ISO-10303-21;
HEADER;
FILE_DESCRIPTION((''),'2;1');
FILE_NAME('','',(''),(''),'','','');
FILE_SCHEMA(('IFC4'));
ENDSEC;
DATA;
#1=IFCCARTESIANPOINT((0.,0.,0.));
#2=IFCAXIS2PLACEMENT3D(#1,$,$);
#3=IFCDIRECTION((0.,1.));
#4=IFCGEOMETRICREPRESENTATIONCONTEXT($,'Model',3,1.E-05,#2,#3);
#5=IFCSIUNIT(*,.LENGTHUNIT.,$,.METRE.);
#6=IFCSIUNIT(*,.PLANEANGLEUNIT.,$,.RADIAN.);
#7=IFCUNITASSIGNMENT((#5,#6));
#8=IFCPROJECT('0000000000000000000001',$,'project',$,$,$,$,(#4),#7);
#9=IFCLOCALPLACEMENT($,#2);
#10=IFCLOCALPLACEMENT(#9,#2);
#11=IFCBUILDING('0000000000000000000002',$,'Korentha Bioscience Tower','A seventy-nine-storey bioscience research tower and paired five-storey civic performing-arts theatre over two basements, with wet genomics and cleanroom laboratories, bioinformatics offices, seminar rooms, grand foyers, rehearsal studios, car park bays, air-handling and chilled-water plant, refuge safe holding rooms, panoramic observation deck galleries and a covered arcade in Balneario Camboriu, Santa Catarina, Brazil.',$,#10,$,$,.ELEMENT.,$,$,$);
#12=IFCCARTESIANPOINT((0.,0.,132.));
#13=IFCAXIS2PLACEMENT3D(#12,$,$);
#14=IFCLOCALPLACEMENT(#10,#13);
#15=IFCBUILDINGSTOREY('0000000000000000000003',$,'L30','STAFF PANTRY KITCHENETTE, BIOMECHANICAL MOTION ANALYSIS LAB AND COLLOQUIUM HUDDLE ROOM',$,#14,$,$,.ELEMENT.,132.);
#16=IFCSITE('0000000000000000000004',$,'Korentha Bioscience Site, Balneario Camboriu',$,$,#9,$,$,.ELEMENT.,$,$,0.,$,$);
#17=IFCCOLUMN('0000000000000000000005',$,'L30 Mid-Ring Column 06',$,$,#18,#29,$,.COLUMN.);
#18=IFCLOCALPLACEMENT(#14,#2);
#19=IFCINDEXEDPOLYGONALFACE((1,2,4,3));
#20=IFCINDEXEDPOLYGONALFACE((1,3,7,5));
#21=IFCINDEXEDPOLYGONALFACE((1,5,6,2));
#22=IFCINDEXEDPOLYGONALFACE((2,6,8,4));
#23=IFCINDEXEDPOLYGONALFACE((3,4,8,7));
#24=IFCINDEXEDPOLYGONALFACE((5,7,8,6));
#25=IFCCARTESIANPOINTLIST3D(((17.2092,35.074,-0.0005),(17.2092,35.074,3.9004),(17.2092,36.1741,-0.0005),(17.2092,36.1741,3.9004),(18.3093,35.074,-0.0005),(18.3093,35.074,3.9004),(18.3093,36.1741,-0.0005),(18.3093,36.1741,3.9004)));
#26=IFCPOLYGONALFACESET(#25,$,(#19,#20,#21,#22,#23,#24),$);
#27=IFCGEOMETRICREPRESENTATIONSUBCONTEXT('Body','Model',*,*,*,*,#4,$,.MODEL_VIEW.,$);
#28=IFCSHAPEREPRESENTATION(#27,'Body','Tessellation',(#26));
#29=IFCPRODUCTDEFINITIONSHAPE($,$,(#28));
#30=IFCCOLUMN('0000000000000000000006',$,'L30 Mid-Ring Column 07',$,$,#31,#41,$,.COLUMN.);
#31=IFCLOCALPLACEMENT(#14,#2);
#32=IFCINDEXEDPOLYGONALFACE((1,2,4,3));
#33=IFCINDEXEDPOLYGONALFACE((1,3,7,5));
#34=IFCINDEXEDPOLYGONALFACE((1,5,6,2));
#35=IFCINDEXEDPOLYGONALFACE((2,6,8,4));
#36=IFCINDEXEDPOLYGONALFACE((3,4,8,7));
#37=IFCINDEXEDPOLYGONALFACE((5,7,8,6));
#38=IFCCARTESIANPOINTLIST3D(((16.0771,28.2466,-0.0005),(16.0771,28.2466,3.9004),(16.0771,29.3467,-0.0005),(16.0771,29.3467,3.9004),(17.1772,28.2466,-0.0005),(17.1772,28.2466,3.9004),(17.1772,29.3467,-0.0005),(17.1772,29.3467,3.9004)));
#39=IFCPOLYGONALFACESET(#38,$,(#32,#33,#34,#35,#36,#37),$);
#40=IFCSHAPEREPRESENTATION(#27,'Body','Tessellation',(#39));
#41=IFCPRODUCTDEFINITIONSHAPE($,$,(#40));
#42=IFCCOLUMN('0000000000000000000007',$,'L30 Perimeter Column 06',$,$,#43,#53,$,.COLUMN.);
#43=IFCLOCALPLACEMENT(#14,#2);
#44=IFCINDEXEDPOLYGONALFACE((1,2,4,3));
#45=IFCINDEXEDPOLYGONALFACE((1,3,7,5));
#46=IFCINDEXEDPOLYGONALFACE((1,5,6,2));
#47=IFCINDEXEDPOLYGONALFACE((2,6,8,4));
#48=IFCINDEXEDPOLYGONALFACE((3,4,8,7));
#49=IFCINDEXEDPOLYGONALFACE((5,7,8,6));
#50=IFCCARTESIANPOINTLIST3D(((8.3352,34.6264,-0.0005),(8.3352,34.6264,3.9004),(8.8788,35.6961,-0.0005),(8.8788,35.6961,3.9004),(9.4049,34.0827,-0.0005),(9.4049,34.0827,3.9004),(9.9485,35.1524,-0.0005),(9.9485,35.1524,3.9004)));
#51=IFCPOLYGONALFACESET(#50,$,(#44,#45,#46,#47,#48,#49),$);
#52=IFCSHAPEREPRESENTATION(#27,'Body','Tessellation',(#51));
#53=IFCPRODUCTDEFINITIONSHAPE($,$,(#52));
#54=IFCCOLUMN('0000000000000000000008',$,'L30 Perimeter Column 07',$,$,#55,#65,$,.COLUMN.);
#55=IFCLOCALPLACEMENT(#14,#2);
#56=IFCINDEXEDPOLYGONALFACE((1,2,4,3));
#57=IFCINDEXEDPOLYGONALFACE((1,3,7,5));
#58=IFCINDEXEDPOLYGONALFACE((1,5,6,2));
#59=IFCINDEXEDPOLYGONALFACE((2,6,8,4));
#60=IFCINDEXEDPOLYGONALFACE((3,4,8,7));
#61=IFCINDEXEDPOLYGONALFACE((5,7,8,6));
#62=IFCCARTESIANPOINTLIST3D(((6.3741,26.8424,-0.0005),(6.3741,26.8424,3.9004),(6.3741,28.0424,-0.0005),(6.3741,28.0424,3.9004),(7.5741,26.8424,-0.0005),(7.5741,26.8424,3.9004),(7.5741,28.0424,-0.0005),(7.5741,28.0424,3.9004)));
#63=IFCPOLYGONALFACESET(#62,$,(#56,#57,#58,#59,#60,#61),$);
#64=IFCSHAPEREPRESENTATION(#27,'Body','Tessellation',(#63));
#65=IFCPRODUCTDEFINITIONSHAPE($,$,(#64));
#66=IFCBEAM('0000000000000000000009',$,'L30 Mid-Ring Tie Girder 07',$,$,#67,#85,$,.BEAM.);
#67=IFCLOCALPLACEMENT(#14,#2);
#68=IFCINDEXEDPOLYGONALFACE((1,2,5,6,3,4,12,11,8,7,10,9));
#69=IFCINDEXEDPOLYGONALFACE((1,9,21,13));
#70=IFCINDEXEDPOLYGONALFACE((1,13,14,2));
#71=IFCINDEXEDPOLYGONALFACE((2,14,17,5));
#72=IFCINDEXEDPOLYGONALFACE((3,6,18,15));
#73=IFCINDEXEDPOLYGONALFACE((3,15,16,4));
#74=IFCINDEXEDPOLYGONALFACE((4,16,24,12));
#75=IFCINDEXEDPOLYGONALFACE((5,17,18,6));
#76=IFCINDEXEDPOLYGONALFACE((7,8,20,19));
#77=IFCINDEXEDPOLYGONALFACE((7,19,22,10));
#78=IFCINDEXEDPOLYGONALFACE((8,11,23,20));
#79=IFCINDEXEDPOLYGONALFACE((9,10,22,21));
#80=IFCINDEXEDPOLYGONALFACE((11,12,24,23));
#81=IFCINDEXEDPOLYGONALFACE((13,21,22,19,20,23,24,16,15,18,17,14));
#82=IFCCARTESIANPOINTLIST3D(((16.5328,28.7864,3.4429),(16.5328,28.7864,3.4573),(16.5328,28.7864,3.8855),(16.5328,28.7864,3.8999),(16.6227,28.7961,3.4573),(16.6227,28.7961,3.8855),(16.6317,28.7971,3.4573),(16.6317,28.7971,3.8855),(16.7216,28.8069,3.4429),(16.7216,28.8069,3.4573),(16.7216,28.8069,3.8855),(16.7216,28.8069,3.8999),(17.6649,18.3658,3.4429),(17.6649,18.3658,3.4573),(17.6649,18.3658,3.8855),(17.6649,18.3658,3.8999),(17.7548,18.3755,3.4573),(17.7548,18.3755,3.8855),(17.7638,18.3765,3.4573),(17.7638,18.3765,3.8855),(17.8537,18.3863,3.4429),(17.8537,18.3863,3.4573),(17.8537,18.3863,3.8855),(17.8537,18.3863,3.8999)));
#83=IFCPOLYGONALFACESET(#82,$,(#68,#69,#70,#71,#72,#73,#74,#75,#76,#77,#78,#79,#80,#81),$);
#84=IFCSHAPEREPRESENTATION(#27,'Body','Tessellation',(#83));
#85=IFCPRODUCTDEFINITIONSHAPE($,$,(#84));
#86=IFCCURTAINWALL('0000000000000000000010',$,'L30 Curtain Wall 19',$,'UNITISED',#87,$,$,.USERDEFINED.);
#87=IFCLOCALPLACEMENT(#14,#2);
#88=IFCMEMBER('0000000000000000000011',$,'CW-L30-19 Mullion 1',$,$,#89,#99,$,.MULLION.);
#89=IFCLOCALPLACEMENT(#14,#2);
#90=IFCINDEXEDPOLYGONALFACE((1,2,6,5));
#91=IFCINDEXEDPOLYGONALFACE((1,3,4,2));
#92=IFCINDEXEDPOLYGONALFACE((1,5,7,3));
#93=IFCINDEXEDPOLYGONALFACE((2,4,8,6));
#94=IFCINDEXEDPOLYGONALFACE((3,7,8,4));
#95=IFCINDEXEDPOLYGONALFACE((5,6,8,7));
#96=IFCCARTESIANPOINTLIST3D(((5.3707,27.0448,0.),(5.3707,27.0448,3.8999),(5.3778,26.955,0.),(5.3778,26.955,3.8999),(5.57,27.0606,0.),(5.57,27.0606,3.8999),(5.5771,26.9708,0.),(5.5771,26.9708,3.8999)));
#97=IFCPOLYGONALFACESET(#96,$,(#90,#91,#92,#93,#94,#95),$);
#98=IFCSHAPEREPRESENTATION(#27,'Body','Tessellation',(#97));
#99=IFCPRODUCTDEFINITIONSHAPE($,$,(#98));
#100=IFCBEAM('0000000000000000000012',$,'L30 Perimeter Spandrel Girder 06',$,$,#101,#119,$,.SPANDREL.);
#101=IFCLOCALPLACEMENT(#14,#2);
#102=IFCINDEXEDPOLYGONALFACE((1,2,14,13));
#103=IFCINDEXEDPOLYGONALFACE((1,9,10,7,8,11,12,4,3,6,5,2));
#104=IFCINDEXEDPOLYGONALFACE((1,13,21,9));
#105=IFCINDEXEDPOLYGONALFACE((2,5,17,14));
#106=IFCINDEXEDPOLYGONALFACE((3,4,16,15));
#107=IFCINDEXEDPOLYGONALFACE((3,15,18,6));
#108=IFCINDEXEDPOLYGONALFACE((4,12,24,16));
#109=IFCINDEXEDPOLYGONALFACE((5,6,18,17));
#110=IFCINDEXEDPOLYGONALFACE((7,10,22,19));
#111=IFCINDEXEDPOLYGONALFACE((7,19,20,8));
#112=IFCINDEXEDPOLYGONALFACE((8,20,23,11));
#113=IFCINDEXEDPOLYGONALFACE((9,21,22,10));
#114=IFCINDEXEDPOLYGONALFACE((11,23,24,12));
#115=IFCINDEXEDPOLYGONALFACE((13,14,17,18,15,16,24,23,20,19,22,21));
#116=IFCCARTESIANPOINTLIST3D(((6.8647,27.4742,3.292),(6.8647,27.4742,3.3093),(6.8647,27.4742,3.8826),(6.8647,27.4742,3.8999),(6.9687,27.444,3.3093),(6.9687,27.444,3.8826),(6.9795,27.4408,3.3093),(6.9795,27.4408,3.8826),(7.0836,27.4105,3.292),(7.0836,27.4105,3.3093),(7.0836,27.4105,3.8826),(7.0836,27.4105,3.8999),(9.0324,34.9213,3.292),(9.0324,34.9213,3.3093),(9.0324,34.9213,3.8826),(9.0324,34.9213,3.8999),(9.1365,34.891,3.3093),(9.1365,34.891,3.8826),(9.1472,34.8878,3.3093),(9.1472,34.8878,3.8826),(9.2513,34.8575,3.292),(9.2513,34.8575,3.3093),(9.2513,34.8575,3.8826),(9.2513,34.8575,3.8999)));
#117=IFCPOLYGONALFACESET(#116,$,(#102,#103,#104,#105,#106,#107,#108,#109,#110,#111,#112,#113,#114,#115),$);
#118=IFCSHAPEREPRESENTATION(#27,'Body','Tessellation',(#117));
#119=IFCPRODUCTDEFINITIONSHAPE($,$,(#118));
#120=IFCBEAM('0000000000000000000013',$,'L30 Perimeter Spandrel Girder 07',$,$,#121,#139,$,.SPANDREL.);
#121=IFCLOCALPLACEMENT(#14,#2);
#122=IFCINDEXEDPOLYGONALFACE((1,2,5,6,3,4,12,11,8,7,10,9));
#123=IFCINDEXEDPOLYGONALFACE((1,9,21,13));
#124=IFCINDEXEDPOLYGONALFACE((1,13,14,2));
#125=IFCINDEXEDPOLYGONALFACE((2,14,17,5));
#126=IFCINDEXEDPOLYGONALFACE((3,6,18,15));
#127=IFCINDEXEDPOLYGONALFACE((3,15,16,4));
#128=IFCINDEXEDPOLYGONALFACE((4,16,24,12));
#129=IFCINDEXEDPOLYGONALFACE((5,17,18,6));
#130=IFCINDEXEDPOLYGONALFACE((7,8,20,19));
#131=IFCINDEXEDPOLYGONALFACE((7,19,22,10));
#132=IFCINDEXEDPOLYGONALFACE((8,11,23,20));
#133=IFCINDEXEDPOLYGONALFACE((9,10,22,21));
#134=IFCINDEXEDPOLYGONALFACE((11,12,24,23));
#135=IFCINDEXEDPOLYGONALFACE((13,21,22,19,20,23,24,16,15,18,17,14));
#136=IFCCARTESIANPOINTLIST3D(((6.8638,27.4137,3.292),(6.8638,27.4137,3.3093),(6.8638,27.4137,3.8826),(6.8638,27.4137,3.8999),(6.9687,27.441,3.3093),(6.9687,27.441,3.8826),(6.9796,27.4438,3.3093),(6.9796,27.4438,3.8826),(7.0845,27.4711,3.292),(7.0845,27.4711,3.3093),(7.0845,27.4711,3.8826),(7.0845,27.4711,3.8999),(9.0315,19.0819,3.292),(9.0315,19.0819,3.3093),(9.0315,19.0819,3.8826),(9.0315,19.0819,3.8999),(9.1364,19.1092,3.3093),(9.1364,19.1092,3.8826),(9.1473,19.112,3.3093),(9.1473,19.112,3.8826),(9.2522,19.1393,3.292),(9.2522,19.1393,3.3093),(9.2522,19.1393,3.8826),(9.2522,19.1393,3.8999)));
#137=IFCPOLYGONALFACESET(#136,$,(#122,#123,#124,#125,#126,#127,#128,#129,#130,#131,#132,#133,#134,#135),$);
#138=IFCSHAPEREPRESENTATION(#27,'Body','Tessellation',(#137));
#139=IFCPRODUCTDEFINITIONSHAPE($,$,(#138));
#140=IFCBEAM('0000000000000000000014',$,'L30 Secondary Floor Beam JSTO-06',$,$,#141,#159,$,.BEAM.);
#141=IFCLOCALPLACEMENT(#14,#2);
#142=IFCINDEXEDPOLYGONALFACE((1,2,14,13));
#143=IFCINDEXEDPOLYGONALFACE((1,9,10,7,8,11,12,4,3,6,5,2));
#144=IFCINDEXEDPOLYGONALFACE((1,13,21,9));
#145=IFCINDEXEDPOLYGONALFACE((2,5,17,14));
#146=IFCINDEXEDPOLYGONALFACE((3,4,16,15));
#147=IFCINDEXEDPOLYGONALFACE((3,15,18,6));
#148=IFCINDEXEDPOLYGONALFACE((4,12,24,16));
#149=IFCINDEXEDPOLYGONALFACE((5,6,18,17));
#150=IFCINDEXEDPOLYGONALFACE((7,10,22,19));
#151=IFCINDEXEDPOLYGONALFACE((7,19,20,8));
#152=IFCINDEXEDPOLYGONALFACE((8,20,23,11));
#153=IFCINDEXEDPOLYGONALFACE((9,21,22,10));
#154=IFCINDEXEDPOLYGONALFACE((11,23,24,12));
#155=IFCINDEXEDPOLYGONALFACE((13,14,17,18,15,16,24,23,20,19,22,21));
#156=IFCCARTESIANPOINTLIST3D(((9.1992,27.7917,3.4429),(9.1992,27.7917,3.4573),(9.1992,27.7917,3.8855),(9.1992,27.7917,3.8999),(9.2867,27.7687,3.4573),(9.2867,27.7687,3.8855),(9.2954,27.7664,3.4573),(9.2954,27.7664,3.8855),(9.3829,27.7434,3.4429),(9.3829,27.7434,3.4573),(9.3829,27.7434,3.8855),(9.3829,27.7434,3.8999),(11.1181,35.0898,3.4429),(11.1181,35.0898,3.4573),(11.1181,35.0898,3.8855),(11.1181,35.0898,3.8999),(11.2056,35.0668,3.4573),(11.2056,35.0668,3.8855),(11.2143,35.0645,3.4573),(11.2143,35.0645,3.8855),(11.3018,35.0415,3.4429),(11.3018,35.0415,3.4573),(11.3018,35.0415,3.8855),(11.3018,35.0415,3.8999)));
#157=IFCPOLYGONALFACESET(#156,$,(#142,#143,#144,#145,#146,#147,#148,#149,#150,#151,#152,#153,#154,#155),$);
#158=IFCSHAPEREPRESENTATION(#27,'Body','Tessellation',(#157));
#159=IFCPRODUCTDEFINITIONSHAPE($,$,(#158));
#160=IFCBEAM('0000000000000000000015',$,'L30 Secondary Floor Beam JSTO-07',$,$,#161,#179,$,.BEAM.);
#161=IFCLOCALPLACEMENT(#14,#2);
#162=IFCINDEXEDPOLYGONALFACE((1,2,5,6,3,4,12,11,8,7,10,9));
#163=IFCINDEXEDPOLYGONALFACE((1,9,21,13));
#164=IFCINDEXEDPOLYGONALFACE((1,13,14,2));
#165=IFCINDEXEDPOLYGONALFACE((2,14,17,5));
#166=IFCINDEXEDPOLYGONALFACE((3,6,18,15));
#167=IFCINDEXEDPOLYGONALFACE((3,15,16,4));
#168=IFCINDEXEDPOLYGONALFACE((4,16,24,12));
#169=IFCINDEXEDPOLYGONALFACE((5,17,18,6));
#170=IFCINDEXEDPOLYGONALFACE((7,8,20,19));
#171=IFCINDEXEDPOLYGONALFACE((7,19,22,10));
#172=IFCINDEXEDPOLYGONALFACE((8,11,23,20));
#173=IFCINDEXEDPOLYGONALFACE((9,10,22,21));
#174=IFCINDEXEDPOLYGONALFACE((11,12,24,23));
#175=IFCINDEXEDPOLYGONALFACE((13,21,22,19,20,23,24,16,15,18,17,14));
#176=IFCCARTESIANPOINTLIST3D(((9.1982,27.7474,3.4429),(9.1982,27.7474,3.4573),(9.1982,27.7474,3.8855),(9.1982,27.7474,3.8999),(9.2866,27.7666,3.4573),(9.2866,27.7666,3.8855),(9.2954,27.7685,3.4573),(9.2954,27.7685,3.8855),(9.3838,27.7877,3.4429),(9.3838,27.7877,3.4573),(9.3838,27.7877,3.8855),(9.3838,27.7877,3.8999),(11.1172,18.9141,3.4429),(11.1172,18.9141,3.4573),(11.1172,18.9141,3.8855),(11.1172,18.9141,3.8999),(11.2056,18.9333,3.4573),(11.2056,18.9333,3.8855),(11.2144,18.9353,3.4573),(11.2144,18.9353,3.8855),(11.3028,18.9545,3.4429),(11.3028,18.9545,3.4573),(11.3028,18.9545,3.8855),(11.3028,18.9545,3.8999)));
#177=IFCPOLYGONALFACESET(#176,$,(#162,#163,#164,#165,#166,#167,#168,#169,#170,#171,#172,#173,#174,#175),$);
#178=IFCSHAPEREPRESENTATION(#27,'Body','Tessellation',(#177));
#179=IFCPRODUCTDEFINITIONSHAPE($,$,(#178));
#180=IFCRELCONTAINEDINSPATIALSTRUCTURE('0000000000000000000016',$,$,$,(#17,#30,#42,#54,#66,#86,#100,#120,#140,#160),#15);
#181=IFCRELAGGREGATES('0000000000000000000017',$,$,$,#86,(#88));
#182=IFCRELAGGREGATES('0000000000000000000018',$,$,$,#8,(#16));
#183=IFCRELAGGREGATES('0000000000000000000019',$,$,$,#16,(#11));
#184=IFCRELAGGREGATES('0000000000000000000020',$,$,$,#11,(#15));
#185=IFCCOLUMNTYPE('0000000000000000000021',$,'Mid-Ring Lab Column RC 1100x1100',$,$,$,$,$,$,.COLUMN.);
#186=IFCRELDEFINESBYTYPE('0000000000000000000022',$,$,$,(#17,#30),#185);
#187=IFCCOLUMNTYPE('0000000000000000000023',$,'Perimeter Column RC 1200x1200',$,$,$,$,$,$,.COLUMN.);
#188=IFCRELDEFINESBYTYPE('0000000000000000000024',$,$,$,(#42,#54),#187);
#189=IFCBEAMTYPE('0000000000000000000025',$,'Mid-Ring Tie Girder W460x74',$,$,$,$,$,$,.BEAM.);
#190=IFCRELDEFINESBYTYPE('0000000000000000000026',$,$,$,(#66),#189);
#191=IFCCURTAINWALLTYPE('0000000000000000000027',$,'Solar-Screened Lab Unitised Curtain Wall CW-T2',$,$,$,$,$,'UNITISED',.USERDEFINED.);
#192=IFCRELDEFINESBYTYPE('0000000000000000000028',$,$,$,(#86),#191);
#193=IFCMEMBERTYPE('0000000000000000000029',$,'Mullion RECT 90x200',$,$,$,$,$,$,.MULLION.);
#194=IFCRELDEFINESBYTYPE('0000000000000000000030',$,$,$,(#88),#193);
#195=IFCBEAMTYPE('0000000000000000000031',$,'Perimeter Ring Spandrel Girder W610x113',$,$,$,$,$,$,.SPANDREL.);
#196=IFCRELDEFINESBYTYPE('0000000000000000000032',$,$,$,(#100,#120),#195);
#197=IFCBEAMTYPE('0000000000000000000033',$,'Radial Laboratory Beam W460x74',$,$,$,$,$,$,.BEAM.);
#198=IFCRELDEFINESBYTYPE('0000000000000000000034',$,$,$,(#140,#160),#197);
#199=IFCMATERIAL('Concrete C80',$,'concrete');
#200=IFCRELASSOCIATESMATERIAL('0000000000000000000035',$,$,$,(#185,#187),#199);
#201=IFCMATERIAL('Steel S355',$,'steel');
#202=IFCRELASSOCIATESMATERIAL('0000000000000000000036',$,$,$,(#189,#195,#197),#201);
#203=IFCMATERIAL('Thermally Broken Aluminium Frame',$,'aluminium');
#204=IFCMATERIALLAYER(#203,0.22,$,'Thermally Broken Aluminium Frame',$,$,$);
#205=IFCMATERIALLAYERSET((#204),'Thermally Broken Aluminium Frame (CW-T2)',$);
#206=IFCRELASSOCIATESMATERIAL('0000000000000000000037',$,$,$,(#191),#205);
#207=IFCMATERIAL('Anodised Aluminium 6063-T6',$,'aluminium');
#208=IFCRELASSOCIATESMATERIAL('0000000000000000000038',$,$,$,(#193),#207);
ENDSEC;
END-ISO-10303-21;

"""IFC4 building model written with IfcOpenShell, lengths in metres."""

from ifc_helpers import new_model, si_unit, direction, frame, origin, origin_2d, place, context, subcontext, project, spatial, rectangle, i_section, extrude, material, layer, layer_set, material_profile, profile_set, type_object, element, aggregate, save


model = new_model("IFC4")

# Units and contexts
model_context = context("Model", 3, precision=1e-05, world=origin(), true_north=direction((0.0, 1.0)))
body_context = subcontext(model_context, "Body", "Model", "MODEL_VIEW")
ifc_project = project(units=[si_unit("LENGTHUNIT", "METRE"), si_unit("PLANEANGLEUNIT", "RADIAN")], contexts=[model_context])

# Site, building, storey
site_placement = place(None, origin())
site = spatial("IfcSite", under=ifc_project, at=site_placement, Name="Korentha Bioscience Site, Balneario Camboriu", CompositionType="ELEMENT", RefElevation=0.0)
building_placement = place(site_placement, origin())
building = spatial("IfcBuilding", under=site, at=building_placement, Name="Korentha Bioscience Tower", Description="A seventy-nine-storey bioscience research tower and paired five-storey civic performing-arts theatre over two basements, with wet genomics and cleanroom laboratories, bioinformatics offices, seminar rooms, grand foyers, rehearsal studios, car park bays, air-handling and chilled-water plant, refuge safe holding rooms, panoramic observation deck galleries and a covered arcade in Balneario Camboriu, Santa Catarina, Brazil.", CompositionType="ELEMENT")
storey_placement = place(building_placement, frame((0.0, 0.0, 132.0)))
storey = spatial("IfcBuildingStorey", under=building, at=storey_placement, Name="L30", Description="STAFF PANTRY KITCHENETTE, BIOMECHANICAL MOTION ANALYSIS LAB AND COLLOQUIUM HUDDLE ROOM", CompositionType="ELEMENT", Elevation=132.0)

# Columns
ifc_material_1 = material(Name="Concrete C80", Category="concrete")
ifc_material_profile_1 = material_profile(ifc_material_1, rectangle(XDim=1.1001, YDim=1.1001, at=origin_2d()), Name="Concrete C80")
ifc_profile_set_1 = profile_set([ifc_material_profile_1], Name="Concrete C80 (COL-MR11)")
column_type_1 = type_object("IfcColumnType", Name="Mid-Ring Lab Column RC 1100x1100", PredefinedType="COLUMN", material=ifc_profile_set_1)
for number, where, z_axis, x_axis, name in (
    (1, (17.7593, 35.624, -0.0005), (0.0, 0.0, 1.0), (1.0, 0.0, 0.0), "L30 Mid-Ring Column 06"),
    (2, (16.6272, 28.7966, -0.0005), (0.0, 0.0, 1.0), (1.0, 0.0, 0.0), "L30 Mid-Ring Column 07"),
):
    element("IfcColumn", number, at=place(storey_placement, frame(where, z_axis=z_axis, x_axis=x_axis)), inside=storey, type_object=column_type_1, Name=name, PredefinedType="COLUMN", context=body_context, shape_type="SweptSolid", body=[
        extrude(rectangle(XDim=1.1001, YDim=1.1001, at=origin_2d()), origin(), (0.0, 0.0, 1.0), 3.9009),
    ])
ifc_material_profile_2 = material_profile(ifc_material_1, rectangle(XDim=1.2, YDim=1.2, at=origin_2d()), Name="Concrete C80")
ifc_profile_set_2 = profile_set([ifc_material_profile_2], Name="Concrete C80 (COL-P12)")
column_type_2 = type_object("IfcColumnType", Name="Perimeter Column RC 1200x1200", PredefinedType="COLUMN", material=ifc_profile_set_2)
for number, where, z_axis, x_axis, name in (
    (3, (9.1418, 34.8894, -0.0005), (0.0, 0.0, 1.0), (0.453057, 0.891481, 0.0), "L30 Perimeter Column 06"),
    (4, (6.9741, 27.4424, -0.0005), (0.0, 0.0, 1.0), (0.0, 1.0, 0.0), "L30 Perimeter Column 07"),
):
    element("IfcColumn", number, at=place(storey_placement, frame(where, z_axis=z_axis, x_axis=x_axis)), inside=storey, type_object=column_type_2, Name=name, PredefinedType="COLUMN", context=body_context, shape_type="SweptSolid", body=[
        extrude(rectangle(XDim=1.2, YDim=1.2, at=origin_2d()), origin(), (0.0, 0.0, 1.0), 3.9009),
    ])

# Beam
ifc_material_2 = material(Name="Steel S355", Category="steel")
ifc_material_profile_3 = material_profile(ifc_material_2, i_section(OverallWidth=0.1899, OverallDepth=0.457, WebThickness=0.009, FlangeThickness=0.0144, at=origin_2d()), Name="Steel S355")
ifc_profile_set_3 = profile_set([ifc_material_profile_3], Name="Steel S355 (MB-460)")
beam_type_1 = type_object("IfcBeamType", Name="Mid-Ring Tie Girder W460x74", PredefinedType="BEAM", material=ifc_profile_set_3)
beam_1_placement = place(storey_placement, frame((16.6272, 28.7966, 3.6714), z_axis=(0.108003, -0.994151, 0.0), x_axis=(0.994151, 0.108003, 0.0)))
element("IfcBeam", 5, at=beam_1_placement, inside=storey, type_object=beam_type_1, Name="L30 Mid-Ring Tie Girder 07", PredefinedType="BEAM", context=body_context, shape_type="SweptSolid", body=[
    extrude(i_section(OverallWidth=0.1899, OverallDepth=0.457, WebThickness=0.009, FlangeThickness=0.0144, at=origin_2d()), origin(), (0.0, 0.0, 1.0), 10.4819),
])

# Curtain wall, member
ifc_material_3 = material(Name="Thermally Broken Aluminium Frame", Category="aluminium")
ifc_layer_1 = layer(ifc_material_3, 0.22, Name="Thermally Broken Aluminium Frame")
ifc_layer_set_1 = layer_set([ifc_layer_1], Name="Thermally Broken Aluminium Frame (CW-T2)")
curtain_wall_type = type_object("IfcCurtainWallType", Name="Solar-Screened Lab Unitised Curtain Wall CW-T2", ElementType="UNITISED", PredefinedType="USERDEFINED", material=ifc_layer_set_1)
curtain_wall_placement = place(storey_placement, origin())
curtain_wall = element("IfcCurtainWall", 6, at=curtain_wall_placement, inside=storey, type_object=curtain_wall_type, Name="L30 Curtain Wall 19", ObjectType="UNITISED", PredefinedType="USERDEFINED")
ifc_material_4 = material(Name="Anodised Aluminium 6063-T6", Category="aluminium")
ifc_material_profile_4 = material_profile(ifc_material_4, rectangle(XDim=0.0901, YDim=0.2, at=origin_2d()), Name="Anodised Aluminium 6063-T6")
ifc_profile_set_4 = profile_set([ifc_material_profile_4], Name="Anodised Aluminium 6063-T6 (CW-MUL)")
member_type_1 = type_object("IfcMemberType", Name="Mullion RECT 90x200", PredefinedType="MULLION", material=ifc_profile_set_4)
member_1_placement = place(storey_placement, frame((5.4739, 27.0078, 0.0), z_axis=(0.0, 0.0, 1.0), x_axis=(0.07913, -0.996864, 0.0)))
member_1 = element("IfcMember", 7, at=member_1_placement, type_object=member_type_1, Name="CW-L30-19 Mullion 1", PredefinedType="MULLION", context=body_context, shape_type="SweptSolid", body=[
    extrude(rectangle(XDim=0.0901, YDim=0.2, at=origin_2d()), origin(), (0.0, 0.0, 1.0), 3.8999),
])

# Beams
ifc_material_profile_5 = material_profile(ifc_material_2, i_section(OverallWidth=0.228, OverallDepth=0.6079, WebThickness=0.0112, FlangeThickness=0.0173, at=origin_2d()), Name="Steel S355")
ifc_profile_set_5 = profile_set([ifc_material_profile_5], Name="Steel S355 (SB-610)")
beam_type_2 = type_object("IfcBeamType", Name="Perimeter Ring Spandrel Girder W610x113", PredefinedType="SPANDREL", material=ifc_profile_set_5)
beam_2_placement = place(storey_placement, frame((9.1418, 34.8894, 3.5959), z_axis=(-0.279486, -0.96015, 0.0), x_axis=(0.96015, -0.279486, 0.0)))
element("IfcBeam", 8, at=beam_2_placement, inside=storey, type_object=beam_type_2, Name="L30 Perimeter Spandrel Girder 06", PredefinedType="SPANDREL", context=body_context, shape_type="SweptSolid", body=[
    extrude(i_section(OverallWidth=0.228, OverallDepth=0.6079, WebThickness=0.0112, FlangeThickness=0.0173, at=origin_2d()), origin(), (0.0, 0.0, 1.0), 7.7561),
])
beam_3_placement = place(storey_placement, frame((6.9741, 27.4424, 3.5959), z_axis=(0.251793, -0.967781, 0.0), x_axis=(0.967781, 0.251793, 0.0)))
element("IfcBeam", 9, at=beam_3_placement, inside=storey, type_object=beam_type_2, Name="L30 Perimeter Spandrel Girder 07", PredefinedType="SPANDREL", context=body_context, shape_type="SweptSolid", body=[
    extrude(i_section(OverallWidth=0.228, OverallDepth=0.6079, WebThickness=0.0112, FlangeThickness=0.0173, at=origin_2d()), origin(), (0.0, 0.0, 1.0), 8.6091),
])
ifc_material_profile_6 = material_profile(ifc_material_2, i_section(OverallWidth=0.1899, OverallDepth=0.457, WebThickness=0.009, FlangeThickness=0.0144, at=origin_2d()), Name="Steel S355")
ifc_profile_set_6 = profile_set([ifc_material_profile_6], Name="Steel S355 (RB-460)")
beam_type_3 = type_object("IfcBeamType", Name="Radial Laboratory Beam W460x74", PredefinedType="BEAM", material=ifc_profile_set_6)
beam_4_placement = place(storey_placement, frame((11.21, 35.0657, 3.6714), z_axis=(-0.254294, -0.967127, 0.0), x_axis=(0.967127, -0.254294, 0.0)))
element("IfcBeam", 10, at=beam_4_placement, inside=storey, type_object=beam_type_3, Name="L30 Secondary Floor Beam JSTO-06", PredefinedType="BEAM", context=body_context, shape_type="SweptSolid", body=[
    extrude(i_section(OverallWidth=0.1899, OverallDepth=0.457, WebThickness=0.009, FlangeThickness=0.0144, at=origin_2d()), origin(), (0.0, 0.0, 1.0), 7.5461),
])
beam_5_placement = place(storey_placement, frame((9.291, 27.7676, 3.6714), z_axis=(0.212289, -0.977207, 0.0), x_axis=(0.977207, 0.212289, 0.0)))
element("IfcBeam", 11, at=beam_5_placement, inside=storey, type_object=beam_type_3, Name="L30 Secondary Floor Beam JSTO-07", PredefinedType="BEAM", context=body_context, shape_type="SweptSolid", body=[
    extrude(i_section(OverallWidth=0.1899, OverallDepth=0.457, WebThickness=0.009, FlangeThickness=0.0144, at=origin_2d()), origin(), (0.0, 0.0, 1.0), 9.0393),
])

aggregate(curtain_wall, [member_1])

save(model, "model.ifc")
